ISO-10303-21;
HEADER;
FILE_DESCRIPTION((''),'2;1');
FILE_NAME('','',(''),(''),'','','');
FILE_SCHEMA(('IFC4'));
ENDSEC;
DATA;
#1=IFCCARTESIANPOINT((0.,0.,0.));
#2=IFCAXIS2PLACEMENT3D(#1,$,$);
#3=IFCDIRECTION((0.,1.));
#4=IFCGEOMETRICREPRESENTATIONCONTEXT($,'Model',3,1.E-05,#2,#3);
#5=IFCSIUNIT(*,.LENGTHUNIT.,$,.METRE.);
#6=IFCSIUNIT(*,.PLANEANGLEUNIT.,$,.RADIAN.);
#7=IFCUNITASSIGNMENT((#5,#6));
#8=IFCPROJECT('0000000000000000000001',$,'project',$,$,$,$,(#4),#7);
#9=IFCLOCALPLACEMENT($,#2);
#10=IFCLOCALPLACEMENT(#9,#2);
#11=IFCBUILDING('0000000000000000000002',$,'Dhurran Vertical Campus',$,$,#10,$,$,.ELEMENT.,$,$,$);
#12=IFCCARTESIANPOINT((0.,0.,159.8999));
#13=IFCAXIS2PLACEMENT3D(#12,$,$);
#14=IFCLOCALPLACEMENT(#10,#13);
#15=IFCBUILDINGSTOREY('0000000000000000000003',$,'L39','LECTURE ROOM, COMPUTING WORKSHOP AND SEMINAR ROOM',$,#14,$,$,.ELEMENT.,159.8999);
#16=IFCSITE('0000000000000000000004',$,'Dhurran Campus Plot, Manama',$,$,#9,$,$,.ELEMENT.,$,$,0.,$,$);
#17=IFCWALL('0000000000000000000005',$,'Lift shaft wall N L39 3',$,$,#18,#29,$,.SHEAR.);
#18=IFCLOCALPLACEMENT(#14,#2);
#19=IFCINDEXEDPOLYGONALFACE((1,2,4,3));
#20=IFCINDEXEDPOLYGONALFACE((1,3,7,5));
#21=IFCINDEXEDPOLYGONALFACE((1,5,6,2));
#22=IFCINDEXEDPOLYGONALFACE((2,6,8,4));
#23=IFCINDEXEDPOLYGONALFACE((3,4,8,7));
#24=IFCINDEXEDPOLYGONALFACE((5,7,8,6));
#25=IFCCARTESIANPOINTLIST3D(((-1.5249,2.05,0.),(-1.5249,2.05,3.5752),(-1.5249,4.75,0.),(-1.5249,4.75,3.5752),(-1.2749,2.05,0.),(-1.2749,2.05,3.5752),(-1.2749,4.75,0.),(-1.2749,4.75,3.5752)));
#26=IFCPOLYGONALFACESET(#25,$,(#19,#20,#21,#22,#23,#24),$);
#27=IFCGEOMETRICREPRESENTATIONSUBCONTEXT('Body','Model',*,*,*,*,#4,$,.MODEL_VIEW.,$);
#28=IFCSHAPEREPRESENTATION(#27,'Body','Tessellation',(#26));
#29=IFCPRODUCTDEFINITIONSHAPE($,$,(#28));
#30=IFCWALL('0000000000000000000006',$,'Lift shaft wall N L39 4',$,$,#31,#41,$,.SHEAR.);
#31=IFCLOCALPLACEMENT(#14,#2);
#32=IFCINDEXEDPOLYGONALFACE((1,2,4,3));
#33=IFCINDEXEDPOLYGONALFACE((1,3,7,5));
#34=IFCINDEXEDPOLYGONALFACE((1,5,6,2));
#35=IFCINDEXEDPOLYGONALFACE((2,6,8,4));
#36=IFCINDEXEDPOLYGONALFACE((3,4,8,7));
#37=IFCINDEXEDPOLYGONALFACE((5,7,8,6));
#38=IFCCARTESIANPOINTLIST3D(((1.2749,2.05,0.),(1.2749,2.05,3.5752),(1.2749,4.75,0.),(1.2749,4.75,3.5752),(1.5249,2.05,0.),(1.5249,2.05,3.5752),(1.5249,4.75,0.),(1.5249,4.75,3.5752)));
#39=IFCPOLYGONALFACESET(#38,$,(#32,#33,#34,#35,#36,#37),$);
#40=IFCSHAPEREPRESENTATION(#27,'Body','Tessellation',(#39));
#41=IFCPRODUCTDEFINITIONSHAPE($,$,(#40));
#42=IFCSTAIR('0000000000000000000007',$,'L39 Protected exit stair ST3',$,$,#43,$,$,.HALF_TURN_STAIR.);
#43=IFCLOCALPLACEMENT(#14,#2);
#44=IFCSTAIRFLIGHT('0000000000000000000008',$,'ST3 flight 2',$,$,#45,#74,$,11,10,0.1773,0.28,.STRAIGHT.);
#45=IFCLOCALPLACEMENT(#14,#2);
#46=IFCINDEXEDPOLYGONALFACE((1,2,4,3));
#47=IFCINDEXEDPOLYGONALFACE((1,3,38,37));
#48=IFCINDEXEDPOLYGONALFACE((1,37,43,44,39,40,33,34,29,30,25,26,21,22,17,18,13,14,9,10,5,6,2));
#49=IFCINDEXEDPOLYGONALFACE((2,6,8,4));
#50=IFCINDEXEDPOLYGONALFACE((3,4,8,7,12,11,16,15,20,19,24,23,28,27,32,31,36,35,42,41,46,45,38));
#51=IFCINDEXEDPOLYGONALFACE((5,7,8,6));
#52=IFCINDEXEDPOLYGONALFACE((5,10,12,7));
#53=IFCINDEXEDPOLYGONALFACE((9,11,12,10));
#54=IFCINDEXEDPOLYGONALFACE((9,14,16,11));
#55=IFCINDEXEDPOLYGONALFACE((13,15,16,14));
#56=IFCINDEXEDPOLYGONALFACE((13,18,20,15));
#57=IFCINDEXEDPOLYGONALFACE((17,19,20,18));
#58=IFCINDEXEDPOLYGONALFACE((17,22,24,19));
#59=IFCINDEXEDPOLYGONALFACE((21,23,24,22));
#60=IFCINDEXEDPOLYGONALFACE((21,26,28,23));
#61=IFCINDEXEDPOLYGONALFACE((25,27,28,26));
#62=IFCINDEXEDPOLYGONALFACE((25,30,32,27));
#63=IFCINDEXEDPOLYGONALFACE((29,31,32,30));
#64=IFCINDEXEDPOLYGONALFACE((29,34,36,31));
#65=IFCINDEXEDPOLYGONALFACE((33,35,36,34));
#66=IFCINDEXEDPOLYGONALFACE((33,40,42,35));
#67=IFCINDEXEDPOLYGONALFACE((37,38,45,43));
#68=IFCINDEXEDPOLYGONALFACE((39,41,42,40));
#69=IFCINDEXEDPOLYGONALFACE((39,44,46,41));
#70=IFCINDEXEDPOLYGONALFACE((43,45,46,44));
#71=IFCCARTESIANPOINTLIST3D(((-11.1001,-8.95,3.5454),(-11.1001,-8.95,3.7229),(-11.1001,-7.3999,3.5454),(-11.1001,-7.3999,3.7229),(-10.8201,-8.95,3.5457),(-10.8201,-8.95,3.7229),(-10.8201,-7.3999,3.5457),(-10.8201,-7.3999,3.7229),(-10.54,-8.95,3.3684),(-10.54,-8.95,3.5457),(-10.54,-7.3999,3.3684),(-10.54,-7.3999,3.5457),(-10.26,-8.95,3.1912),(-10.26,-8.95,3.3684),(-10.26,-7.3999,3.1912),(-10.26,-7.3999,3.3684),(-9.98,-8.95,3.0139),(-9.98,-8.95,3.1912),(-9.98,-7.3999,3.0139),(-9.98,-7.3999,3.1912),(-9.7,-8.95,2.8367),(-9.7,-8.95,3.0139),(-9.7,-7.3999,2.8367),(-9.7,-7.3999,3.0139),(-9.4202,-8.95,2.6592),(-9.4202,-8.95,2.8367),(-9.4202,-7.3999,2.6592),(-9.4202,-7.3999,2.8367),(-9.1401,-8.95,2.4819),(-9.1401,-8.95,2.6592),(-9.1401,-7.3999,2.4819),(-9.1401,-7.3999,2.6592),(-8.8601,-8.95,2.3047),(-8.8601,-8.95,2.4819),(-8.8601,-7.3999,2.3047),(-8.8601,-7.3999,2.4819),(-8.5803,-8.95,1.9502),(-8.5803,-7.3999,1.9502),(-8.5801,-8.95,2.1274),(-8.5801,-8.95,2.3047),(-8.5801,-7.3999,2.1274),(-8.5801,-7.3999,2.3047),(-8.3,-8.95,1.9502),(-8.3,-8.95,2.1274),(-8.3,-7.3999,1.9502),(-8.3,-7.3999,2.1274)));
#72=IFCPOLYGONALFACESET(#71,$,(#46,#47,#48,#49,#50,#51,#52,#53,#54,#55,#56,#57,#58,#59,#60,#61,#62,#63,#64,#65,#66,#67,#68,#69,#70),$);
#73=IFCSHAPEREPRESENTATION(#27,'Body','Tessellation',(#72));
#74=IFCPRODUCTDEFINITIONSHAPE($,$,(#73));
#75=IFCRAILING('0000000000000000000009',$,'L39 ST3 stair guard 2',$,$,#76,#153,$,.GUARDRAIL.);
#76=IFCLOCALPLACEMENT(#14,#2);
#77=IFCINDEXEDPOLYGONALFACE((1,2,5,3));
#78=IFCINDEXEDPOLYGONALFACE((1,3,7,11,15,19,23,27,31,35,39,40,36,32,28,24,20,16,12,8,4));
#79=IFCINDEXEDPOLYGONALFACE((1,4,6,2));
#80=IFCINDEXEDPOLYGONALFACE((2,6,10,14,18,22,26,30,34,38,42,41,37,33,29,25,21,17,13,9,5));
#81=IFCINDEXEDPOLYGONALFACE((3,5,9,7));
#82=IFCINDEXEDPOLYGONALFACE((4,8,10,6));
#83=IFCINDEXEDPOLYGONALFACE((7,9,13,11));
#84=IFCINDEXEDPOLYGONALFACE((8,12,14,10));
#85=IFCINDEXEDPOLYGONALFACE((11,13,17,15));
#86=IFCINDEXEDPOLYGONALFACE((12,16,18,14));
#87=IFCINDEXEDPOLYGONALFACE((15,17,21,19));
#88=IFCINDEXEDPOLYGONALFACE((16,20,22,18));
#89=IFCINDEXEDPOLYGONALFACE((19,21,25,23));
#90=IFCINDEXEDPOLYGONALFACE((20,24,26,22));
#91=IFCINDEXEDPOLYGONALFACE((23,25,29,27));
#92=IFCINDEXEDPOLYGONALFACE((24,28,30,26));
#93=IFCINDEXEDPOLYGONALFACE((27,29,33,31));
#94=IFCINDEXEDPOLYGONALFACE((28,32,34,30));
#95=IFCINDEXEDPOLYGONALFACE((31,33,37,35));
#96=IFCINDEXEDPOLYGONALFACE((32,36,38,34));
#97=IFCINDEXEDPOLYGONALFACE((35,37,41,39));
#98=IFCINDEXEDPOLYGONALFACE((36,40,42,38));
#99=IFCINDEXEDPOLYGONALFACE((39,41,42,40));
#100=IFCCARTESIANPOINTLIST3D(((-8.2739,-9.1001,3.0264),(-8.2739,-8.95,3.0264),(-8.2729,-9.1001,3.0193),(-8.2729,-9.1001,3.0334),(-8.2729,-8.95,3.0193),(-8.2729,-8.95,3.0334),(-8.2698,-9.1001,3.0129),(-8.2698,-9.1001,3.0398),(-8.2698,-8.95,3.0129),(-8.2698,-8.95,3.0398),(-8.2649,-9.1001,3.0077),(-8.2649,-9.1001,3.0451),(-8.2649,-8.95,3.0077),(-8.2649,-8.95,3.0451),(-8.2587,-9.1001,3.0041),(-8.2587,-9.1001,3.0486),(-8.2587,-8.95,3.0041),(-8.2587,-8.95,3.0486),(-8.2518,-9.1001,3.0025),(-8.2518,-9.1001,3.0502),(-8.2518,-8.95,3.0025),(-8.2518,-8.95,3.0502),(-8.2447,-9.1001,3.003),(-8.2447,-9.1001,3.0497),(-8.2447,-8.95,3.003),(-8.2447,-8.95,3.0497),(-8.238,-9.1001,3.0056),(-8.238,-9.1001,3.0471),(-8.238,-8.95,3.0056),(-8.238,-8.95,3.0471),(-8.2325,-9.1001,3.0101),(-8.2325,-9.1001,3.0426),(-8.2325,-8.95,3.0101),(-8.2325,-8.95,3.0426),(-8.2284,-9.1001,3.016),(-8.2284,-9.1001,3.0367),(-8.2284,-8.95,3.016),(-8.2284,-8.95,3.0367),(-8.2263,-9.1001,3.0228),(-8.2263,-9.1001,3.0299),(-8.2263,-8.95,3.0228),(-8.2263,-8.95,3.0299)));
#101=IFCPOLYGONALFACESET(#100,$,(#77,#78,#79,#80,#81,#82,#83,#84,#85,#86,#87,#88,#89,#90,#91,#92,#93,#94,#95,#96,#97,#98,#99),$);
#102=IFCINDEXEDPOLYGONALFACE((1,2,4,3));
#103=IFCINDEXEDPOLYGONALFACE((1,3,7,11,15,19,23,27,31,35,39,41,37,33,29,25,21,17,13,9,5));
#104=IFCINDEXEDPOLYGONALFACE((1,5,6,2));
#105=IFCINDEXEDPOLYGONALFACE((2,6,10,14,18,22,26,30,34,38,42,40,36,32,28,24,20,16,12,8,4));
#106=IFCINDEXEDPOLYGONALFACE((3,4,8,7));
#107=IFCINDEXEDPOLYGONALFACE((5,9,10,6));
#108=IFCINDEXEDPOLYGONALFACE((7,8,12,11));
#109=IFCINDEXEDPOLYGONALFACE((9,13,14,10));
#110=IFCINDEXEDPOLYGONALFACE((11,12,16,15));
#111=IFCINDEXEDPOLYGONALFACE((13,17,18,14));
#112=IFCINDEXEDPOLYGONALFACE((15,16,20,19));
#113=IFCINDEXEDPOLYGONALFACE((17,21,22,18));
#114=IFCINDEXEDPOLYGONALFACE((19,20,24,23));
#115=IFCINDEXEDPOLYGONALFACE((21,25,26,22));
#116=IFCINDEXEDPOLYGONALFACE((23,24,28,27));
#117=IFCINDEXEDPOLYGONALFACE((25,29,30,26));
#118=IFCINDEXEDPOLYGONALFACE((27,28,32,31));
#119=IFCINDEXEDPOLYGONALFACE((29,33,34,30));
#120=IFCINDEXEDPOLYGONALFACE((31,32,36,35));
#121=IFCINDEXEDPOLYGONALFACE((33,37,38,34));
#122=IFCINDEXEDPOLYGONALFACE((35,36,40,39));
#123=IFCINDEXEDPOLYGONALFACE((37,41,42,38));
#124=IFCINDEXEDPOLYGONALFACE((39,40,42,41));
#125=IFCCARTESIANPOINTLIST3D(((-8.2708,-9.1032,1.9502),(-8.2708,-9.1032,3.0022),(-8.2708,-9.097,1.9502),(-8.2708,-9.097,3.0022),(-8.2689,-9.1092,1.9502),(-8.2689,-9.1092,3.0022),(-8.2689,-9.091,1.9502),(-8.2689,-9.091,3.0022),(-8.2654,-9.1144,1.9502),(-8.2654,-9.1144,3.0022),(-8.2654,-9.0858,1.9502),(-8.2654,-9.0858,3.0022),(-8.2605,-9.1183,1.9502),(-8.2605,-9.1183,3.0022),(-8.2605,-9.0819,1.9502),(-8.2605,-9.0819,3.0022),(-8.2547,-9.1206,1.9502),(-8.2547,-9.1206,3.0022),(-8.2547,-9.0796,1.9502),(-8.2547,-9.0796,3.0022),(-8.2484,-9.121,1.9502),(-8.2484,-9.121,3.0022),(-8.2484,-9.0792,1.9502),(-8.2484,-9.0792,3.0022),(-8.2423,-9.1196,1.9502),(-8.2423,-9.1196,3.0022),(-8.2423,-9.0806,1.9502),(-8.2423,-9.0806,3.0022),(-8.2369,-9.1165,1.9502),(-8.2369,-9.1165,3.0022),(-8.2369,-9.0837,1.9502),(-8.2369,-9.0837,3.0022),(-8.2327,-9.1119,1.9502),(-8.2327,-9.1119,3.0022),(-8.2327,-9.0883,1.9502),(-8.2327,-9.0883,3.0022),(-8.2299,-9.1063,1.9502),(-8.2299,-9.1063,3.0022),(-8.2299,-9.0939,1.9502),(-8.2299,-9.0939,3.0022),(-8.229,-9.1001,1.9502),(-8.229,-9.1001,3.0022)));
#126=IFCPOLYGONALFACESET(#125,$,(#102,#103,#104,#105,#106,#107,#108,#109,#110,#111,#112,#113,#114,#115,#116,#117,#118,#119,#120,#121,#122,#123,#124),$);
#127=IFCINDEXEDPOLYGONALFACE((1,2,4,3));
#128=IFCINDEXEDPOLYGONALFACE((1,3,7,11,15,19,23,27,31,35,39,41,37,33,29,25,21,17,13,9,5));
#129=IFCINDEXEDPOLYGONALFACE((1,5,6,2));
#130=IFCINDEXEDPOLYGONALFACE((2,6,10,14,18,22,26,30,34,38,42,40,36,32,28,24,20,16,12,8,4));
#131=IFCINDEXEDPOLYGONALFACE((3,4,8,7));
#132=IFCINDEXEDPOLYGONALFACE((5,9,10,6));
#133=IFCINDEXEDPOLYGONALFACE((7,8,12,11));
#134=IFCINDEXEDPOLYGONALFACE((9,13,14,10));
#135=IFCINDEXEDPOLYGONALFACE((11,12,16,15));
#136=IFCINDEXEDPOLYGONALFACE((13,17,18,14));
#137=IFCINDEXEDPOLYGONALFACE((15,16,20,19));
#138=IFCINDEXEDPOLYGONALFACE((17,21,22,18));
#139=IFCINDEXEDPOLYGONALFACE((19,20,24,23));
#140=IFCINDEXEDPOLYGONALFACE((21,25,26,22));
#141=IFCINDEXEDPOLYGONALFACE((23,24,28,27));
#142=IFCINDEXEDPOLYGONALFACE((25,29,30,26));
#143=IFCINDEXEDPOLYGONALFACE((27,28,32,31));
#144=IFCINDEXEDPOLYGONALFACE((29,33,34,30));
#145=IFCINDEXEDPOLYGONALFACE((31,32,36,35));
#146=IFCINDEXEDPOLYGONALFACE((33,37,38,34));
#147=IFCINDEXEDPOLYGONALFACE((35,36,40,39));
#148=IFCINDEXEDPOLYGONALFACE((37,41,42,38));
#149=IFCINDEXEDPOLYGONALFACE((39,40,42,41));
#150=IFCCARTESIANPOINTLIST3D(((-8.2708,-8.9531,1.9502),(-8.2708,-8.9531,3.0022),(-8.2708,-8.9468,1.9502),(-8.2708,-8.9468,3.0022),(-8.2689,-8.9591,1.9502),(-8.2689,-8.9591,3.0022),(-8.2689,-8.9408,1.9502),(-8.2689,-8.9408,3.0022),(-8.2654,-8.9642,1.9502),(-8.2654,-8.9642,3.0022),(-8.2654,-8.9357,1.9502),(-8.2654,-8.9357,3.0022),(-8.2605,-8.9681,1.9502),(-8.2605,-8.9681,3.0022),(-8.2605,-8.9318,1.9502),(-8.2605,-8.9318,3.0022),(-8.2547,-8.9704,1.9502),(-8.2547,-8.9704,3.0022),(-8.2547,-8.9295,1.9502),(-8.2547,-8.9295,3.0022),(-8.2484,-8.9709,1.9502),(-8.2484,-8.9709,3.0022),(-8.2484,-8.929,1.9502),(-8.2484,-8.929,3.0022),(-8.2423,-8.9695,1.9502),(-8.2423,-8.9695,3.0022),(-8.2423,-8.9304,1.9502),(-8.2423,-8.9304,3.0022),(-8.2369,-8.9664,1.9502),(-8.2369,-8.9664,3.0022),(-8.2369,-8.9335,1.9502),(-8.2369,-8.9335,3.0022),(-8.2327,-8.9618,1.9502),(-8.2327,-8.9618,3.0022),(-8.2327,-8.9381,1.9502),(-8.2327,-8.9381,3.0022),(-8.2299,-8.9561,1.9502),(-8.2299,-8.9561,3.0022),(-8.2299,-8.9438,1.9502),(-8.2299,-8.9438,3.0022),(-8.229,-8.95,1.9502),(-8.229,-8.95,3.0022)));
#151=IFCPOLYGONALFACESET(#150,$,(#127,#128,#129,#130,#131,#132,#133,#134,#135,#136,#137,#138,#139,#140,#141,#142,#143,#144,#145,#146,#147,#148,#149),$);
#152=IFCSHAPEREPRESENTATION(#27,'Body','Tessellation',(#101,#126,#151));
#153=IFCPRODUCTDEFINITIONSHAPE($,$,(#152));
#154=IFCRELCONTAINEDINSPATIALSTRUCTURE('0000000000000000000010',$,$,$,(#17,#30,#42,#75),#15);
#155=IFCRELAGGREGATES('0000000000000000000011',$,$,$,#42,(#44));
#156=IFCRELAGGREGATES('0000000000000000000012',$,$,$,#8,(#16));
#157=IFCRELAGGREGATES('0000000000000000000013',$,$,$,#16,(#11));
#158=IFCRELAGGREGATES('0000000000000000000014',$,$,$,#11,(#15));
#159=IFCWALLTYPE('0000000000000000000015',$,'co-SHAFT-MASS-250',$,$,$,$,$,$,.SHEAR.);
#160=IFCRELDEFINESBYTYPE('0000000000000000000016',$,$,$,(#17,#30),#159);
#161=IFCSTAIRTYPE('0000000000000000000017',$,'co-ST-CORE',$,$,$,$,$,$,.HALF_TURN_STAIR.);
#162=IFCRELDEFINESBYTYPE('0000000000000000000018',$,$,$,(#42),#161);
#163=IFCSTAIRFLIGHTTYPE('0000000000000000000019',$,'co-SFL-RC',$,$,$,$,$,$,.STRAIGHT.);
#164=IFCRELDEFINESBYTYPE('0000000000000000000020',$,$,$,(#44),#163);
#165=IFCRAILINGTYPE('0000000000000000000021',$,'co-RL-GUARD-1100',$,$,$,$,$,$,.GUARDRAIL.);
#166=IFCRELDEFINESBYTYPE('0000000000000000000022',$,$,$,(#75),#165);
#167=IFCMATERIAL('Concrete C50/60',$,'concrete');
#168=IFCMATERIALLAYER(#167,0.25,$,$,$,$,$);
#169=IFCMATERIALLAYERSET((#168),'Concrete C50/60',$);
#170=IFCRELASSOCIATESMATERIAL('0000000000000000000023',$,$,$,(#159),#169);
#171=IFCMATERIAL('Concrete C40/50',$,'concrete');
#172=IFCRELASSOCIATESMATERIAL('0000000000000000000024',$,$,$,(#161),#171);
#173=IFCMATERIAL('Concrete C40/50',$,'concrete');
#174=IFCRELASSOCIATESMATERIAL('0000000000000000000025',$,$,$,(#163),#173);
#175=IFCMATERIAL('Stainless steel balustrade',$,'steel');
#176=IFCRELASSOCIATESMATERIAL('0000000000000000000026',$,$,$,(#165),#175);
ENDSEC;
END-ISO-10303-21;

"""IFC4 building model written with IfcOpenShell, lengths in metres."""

from ifc_helpers import new_model, si_unit, direction, frame, origin, origin_2d, place, context, subcontext, project, spatial, polyline, circle, outline, extrude, material, layer, layer_set, type_object, element, aggregate, save


model = new_model("IFC4")

# Units and contexts
model_context = context("Model", 3, precision=1e-05, world=origin(), true_north=direction((0.0, 1.0)))
body_context = subcontext(model_context, "Body", "Model", "MODEL_VIEW")
ifc_project = project(units=[si_unit("LENGTHUNIT", "METRE"), si_unit("PLANEANGLEUNIT", "RADIAN")], contexts=[model_context])

# Site, building, storey
site_placement = place(None, origin())
site = spatial("IfcSite", under=ifc_project, at=site_placement, Name="Dhurran Campus Plot, Manama", CompositionType="ELEMENT", RefElevation=0.0)
building_placement = place(site_placement, origin())
building = spatial("IfcBuilding", under=site, at=building_placement, Name="Dhurran Vertical Campus", CompositionType="ELEMENT")
storey_placement = place(building_placement, frame((0.0, 0.0, 159.8999)))
storey = spatial("IfcBuildingStorey", under=building, at=storey_placement, Name="L39", Description="LECTURE ROOM, COMPUTING WORKSHOP AND SEMINAR ROOM", CompositionType="ELEMENT", Elevation=159.8999)

# Walls
ifc_material_1 = material(Name="Concrete C50/60", Category="concrete")
ifc_layer_1 = layer(ifc_material_1, 0.25)
ifc_layer_set_1 = layer_set([ifc_layer_1], Name="Concrete C50/60")
wall_type_1 = type_object("IfcWallType", Name="co-SHAFT-MASS-250", PredefinedType="SHEAR", material=ifc_layer_set_1)
wall_1_placement = place(storey_placement, origin())
element("IfcWall", 1, at=wall_1_placement, inside=storey, type_object=wall_type_1, Name="Lift shaft wall N L39 3", PredefinedType="SHEAR", context=body_context, shape_type="SweptSolid", body=[
    extrude(outline(polyline([(-1.5249, 2.05), (-1.2749, 2.05), (-1.2749, 4.75), (-1.5249, 4.75), (-1.5249, 2.05)])), origin(), (0.0, 0.0, 1.0), 3.5752),
])
wall_2_placement = place(storey_placement, origin())
element("IfcWall", 2, at=wall_2_placement, inside=storey, type_object=wall_type_1, Name="Lift shaft wall N L39 4", PredefinedType="SHEAR", context=body_context, shape_type="SweptSolid", body=[
    extrude(outline(polyline([(1.2749, 2.05), (1.5249, 2.05), (1.5249, 4.75), (1.2749, 4.75), (1.2749, 2.05)])), origin(), (0.0, 0.0, 1.0), 3.5752),
])

# Stair, stair flight
ifc_material_2 = material(Name="Concrete C40/50", Category="concrete")
stair_type = type_object("IfcStairType", Name="co-ST-CORE", PredefinedType="HALF_TURN_STAIR", material=ifc_material_2)
stair_placement = place(storey_placement, origin())
stair = element("IfcStair", 3, at=stair_placement, inside=storey, type_object=stair_type, Name="L39 Protected exit stair ST3", PredefinedType="HALF_TURN_STAIR")
ifc_material_3 = material(Name="Concrete C40/50", Category="concrete")
stair_flight_type = type_object("IfcStairFlightType", Name="co-SFL-RC", PredefinedType="STRAIGHT", material=ifc_material_3)
stair_flight_placement = place(storey_placement, frame((-8.3, -8.175, 1.9502), z_axis=(0.0, 0.0, 1.0), x_axis=(-1.0, 0.0, 0.0)))
stair_flight = element("IfcStairFlight", 4, at=stair_flight_placement, type_object=stair_flight_type, Name="ST3 flight 2", NumberOfRisers=11, NumberOfTreads=10, PredefinedType="STRAIGHT", RiserHeight=0.1773, TreadLength=0.28, context=body_context, shape_type="SweptSolid", body=[
    extrude(outline(polyline([(0.0, 0.0), (0.0, 0.1772), (0.28, 0.1772), (0.28, 0.3545), (0.5601, 0.3545), (0.5601, 0.5317), (0.8401, 0.5317), (0.8401, 0.709), (1.1201, 0.709), (1.1201, 0.8865), (1.3999, 0.8865), (1.3999, 1.0637), (1.6799, 1.0637), (1.6799, 1.241), (1.96, 1.241), (1.96, 1.4182), (2.24, 1.4182), (2.24, 1.5955), (2.52, 1.5955), (2.52, 1.7727), (2.8, 1.7727), (2.8, 1.95), (2.8, 1.5952), (0.2803, 0.0), (0.0, 0.0)])), frame((0.0, 0.7749, 0.0), z_axis=(0.0, -1.0, 0.0), x_axis=(1.0, 0.0, 0.0)), (0.0, 0.0, 1.0), 1.55),
])
aggregate(stair, [stair_flight])

# Railing
ifc_material_4 = material(Name="Stainless steel balustrade", Category="steel")
railing_type_1 = type_object("IfcRailingType", Name="co-RL-GUARD-1100", PredefinedType="GUARDRAIL", material=ifc_material_4)
railing_1_placement = place(storey_placement, frame((-8.25, -9.1001, 1.9502)))
element("IfcRailing", 5, at=railing_1_placement, inside=storey, type_object=railing_type_1, Name="L39 ST3 stair guard 2", PredefinedType="GUARDRAIL", context=body_context, shape_type="SweptSolid", body=[
    extrude(circle(Radius=0.0239, at=origin_2d()), frame((0.0, 0.0, 1.0762), z_axis=(0.0, 1.0, 0.0), x_axis=(-1.0, 0.0, 0.0)), (0.0, 0.0, 1.0), 0.1501),
    extrude(circle(Radius=0.021, at=origin_2d()), origin(), (0.0, 0.0, 1.0), 1.052),
    extrude(circle(Radius=0.021, at=origin_2d()), frame((0.0, 0.1501, 0.0)), (0.0, 0.0, 1.0), 1.052),
])

save(model, "model.ifc")
